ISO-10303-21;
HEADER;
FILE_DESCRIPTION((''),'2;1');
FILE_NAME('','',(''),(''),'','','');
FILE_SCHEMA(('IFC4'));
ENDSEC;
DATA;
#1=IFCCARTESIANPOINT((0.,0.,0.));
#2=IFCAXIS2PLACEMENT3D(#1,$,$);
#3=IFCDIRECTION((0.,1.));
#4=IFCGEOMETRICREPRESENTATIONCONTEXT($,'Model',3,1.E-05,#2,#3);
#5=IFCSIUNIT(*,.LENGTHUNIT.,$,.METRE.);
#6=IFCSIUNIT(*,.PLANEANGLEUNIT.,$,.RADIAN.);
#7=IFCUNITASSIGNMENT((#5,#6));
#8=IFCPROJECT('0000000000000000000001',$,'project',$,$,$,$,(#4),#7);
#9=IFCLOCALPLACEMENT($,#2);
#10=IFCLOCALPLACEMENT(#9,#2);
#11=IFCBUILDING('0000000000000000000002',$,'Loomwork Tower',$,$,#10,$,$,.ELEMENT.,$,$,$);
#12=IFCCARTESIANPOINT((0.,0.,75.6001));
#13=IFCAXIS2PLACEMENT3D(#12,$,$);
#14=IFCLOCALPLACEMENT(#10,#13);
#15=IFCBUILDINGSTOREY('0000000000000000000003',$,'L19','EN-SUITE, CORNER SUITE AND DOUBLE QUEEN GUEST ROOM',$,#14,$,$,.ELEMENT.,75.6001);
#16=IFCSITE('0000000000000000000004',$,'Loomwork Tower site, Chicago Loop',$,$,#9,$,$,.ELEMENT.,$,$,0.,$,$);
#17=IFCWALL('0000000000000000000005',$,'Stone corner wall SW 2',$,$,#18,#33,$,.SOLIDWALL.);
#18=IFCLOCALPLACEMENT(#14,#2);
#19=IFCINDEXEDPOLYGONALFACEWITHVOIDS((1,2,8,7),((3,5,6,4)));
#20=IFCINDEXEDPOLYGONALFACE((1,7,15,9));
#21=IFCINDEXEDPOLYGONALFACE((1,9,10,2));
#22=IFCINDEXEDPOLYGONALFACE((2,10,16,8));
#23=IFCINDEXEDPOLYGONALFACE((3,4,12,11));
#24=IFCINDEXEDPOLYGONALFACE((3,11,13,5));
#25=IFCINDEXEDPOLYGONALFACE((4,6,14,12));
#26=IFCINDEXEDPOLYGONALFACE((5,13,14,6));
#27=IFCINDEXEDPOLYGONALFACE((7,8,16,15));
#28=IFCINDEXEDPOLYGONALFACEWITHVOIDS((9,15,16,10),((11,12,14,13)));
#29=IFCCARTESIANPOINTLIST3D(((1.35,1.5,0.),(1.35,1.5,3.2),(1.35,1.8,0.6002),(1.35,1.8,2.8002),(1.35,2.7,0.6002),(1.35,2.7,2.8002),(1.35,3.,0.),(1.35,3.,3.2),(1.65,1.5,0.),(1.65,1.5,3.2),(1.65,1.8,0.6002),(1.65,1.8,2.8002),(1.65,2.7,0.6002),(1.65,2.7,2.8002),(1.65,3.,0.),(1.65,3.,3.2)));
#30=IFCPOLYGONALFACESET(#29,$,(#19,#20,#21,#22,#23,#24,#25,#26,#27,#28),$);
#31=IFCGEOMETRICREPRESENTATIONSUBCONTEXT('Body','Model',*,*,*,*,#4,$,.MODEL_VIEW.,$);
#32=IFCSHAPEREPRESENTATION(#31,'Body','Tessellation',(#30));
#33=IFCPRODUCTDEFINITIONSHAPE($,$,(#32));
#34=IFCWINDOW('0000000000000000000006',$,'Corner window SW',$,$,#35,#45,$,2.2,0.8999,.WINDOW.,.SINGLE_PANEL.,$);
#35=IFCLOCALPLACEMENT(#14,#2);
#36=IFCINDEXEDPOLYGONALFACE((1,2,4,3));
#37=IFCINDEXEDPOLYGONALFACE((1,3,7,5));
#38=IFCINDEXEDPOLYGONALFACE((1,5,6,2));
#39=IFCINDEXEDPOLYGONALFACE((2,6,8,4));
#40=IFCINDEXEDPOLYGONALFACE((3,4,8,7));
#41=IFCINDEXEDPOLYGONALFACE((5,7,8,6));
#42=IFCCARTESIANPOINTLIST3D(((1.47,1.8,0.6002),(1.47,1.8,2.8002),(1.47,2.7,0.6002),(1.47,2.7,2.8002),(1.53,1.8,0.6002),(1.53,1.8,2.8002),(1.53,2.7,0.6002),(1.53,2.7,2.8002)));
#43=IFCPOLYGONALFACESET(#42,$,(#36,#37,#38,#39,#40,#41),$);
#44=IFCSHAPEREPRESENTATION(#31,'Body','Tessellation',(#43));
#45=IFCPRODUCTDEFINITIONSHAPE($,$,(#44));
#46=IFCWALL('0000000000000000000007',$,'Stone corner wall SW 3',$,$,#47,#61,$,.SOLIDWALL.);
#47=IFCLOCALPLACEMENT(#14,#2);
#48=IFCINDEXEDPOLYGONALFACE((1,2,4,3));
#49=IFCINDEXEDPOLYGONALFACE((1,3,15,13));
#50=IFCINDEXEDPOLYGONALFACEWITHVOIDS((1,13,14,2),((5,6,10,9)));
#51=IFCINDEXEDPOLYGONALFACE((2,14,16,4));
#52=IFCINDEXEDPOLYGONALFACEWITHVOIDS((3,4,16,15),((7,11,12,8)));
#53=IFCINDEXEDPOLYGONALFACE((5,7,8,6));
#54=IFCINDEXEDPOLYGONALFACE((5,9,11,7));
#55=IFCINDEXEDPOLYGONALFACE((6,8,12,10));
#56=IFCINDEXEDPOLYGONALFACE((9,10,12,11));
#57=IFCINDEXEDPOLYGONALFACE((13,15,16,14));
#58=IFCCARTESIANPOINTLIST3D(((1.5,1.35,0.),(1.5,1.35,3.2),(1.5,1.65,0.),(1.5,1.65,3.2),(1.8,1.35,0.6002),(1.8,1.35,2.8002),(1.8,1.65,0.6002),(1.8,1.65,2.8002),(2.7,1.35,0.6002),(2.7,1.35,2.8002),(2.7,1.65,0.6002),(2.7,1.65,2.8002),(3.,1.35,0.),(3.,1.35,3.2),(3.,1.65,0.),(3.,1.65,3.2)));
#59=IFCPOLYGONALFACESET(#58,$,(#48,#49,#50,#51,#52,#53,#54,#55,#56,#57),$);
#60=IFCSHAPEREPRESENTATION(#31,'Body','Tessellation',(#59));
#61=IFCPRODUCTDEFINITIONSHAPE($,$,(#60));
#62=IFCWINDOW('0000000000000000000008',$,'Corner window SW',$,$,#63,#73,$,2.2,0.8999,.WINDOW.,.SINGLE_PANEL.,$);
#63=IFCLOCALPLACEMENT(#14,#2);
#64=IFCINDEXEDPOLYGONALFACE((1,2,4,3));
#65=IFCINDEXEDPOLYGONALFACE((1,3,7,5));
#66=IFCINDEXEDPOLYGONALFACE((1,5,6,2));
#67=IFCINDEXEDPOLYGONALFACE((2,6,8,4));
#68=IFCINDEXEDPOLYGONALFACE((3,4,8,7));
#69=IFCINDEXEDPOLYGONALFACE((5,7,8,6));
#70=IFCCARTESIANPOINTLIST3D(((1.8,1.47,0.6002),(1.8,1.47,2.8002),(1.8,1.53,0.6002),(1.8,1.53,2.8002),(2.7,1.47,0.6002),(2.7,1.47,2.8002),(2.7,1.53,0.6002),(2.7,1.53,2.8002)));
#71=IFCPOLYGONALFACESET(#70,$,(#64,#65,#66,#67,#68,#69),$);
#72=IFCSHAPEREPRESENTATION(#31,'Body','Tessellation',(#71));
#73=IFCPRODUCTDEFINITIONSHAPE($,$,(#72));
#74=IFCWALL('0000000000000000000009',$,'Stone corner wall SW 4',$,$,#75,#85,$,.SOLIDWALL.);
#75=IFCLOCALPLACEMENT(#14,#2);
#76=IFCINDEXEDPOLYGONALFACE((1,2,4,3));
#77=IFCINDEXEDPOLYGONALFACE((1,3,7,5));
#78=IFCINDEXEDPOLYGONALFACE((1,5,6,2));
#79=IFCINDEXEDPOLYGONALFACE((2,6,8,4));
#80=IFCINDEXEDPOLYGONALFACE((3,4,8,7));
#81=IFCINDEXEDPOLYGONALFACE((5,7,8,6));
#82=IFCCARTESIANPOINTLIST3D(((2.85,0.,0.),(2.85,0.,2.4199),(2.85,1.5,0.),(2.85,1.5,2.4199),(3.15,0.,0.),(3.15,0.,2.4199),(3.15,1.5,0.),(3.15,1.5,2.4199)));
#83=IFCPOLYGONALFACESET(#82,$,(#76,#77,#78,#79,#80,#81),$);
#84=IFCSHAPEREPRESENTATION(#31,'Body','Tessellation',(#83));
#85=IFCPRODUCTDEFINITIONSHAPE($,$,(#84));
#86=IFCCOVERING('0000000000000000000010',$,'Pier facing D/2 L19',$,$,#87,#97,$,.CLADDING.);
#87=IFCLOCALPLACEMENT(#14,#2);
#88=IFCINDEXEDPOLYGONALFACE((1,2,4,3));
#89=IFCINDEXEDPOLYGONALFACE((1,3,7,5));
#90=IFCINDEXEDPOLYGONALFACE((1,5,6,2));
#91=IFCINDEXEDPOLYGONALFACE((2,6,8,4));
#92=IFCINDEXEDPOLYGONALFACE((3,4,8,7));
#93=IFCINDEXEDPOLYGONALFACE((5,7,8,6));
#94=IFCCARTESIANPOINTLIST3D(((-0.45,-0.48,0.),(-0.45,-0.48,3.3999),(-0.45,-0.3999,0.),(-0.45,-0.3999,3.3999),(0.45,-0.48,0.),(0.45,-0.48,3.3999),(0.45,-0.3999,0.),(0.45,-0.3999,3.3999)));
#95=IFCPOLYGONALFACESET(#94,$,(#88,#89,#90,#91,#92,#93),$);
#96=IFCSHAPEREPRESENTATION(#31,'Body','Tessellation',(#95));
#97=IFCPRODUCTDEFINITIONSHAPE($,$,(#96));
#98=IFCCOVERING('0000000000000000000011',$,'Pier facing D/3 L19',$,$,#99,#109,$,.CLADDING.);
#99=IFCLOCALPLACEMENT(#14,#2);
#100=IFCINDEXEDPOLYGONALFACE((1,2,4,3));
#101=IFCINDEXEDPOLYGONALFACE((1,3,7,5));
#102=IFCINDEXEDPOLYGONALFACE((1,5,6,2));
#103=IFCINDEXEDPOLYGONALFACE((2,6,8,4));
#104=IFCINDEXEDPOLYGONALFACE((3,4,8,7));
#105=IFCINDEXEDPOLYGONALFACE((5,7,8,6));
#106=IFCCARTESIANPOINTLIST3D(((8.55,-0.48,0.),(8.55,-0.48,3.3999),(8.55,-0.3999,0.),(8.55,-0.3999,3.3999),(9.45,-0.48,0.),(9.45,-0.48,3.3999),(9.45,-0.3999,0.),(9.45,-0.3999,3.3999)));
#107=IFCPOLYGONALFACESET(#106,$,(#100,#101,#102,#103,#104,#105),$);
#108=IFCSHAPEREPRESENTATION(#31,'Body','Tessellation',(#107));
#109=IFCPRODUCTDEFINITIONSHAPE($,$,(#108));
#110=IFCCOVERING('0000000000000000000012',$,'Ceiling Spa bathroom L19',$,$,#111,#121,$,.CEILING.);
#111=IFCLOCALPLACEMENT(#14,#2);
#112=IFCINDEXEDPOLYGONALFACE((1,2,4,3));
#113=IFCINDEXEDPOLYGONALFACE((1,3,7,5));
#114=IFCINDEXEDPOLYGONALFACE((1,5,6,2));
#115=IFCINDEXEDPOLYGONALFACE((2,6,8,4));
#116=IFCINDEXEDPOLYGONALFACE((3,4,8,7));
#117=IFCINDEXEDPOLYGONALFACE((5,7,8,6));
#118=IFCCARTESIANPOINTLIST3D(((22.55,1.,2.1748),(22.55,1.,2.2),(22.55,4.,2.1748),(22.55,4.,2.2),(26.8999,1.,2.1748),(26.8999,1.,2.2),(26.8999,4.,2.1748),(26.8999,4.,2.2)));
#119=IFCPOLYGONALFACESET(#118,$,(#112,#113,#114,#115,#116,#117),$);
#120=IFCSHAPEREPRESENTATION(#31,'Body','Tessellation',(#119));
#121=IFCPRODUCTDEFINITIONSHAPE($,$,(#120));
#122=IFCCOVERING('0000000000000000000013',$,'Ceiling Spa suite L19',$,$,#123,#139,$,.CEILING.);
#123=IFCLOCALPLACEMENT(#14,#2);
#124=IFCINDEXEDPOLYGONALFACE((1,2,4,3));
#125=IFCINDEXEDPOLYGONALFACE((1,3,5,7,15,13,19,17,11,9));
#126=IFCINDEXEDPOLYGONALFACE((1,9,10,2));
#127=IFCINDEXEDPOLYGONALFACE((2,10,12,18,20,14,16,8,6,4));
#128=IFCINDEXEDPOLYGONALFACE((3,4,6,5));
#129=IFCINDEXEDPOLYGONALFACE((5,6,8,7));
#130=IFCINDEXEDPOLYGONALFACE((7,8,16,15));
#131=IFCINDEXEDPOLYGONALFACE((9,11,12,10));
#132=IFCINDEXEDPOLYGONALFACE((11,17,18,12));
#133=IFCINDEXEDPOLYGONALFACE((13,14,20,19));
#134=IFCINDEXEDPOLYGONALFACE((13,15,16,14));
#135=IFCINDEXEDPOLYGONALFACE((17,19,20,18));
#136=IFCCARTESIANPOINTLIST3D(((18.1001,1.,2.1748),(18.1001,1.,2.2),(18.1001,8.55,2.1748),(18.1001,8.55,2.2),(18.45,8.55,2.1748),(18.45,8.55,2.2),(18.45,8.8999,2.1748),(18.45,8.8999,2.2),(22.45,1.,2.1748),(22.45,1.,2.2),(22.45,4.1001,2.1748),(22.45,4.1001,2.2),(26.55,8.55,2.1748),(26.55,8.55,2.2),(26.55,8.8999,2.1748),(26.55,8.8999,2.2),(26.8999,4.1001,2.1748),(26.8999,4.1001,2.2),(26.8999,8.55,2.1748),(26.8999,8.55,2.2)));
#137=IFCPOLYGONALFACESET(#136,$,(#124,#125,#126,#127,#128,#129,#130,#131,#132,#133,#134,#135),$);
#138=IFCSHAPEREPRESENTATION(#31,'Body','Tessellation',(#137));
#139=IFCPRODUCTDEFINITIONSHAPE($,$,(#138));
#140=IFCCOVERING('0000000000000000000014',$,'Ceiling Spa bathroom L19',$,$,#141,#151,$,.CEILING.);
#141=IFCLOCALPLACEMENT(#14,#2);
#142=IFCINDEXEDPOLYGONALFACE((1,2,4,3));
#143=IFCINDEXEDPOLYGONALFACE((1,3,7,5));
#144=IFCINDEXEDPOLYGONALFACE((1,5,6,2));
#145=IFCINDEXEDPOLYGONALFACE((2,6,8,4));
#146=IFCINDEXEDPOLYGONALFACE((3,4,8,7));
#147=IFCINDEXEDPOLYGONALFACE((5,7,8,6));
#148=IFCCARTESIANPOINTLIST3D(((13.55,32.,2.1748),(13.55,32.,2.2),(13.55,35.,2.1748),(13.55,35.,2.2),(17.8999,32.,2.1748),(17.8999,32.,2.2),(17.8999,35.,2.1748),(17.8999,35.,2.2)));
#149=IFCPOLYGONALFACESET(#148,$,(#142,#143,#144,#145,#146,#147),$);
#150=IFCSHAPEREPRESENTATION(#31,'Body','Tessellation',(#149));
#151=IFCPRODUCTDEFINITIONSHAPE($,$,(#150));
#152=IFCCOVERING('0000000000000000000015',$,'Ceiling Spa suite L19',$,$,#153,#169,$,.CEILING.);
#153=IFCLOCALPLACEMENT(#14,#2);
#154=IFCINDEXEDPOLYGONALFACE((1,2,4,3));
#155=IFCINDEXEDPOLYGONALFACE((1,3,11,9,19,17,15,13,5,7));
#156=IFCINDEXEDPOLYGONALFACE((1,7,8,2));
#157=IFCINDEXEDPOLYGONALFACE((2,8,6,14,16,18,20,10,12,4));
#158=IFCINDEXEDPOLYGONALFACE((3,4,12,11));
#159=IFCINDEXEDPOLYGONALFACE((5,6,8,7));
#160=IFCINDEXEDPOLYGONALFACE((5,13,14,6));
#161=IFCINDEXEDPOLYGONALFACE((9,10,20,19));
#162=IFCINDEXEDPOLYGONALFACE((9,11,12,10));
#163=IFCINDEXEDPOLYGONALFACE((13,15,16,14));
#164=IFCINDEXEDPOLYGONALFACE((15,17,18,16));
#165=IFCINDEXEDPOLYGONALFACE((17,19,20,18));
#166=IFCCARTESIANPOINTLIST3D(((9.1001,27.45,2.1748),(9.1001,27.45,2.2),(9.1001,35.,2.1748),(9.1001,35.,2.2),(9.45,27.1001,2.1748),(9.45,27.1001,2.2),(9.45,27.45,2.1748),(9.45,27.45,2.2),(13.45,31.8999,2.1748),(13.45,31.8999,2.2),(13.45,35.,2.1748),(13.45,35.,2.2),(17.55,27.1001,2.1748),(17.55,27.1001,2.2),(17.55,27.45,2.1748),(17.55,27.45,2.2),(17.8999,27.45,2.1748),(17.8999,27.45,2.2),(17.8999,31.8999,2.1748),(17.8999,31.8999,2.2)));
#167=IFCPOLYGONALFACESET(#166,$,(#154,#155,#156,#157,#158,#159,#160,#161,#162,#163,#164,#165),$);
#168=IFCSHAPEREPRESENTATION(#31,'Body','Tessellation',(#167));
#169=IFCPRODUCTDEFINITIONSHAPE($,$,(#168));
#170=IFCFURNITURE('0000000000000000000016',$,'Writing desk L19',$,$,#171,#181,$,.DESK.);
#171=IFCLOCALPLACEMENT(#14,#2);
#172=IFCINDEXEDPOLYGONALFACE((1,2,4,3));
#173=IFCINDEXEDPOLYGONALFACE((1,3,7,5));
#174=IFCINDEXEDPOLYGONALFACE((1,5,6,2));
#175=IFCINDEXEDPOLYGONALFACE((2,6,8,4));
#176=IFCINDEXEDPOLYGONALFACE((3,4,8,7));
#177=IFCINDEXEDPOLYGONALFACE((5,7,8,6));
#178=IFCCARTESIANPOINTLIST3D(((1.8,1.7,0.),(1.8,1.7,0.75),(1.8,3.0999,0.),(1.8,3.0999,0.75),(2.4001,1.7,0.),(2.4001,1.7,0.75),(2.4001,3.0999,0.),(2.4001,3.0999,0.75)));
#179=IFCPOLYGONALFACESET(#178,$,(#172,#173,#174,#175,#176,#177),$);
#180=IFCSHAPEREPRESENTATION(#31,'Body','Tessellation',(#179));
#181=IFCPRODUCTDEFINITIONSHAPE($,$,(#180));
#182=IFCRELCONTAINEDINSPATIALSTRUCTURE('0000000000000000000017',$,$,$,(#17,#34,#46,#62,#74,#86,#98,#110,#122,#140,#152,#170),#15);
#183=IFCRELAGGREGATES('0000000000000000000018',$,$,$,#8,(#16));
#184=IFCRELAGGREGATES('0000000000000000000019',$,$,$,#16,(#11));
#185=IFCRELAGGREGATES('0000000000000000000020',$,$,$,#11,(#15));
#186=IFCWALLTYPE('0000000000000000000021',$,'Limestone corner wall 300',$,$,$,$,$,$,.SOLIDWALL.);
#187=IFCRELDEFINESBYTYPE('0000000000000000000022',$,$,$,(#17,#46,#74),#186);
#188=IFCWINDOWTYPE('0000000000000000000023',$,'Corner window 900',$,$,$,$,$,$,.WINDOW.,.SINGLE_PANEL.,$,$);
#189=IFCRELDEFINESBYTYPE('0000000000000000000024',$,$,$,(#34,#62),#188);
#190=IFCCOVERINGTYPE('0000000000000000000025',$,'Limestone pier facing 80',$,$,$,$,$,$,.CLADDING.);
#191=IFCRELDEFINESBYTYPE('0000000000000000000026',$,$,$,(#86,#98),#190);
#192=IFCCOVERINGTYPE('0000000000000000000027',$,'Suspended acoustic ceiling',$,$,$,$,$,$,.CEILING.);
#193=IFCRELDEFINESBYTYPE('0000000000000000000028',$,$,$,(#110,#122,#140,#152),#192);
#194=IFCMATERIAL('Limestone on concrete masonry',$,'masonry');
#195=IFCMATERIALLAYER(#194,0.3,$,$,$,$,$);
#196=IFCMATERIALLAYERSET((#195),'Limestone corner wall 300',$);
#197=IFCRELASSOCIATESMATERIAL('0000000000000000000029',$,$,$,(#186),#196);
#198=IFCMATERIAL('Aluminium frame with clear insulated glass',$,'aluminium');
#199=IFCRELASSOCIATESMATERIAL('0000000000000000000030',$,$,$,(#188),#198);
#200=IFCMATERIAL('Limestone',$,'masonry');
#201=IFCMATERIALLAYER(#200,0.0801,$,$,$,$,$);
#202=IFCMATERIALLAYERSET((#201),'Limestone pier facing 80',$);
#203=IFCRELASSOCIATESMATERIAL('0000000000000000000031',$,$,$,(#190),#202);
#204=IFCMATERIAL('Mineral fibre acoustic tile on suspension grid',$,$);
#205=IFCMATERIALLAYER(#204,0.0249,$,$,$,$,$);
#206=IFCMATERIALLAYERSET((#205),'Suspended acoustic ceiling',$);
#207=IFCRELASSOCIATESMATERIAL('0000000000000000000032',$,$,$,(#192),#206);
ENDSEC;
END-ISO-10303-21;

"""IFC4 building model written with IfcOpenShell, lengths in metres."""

from ifc_helpers import new_model, si_unit, direction, frame, frame_2d, origin, origin_2d, place, context, subcontext, project, spatial, polyline, rectangle, outline, extrude, material, layer, layer_set, type_object, element, fill, save


model = new_model("IFC4")

# Units and contexts
model_context = context("Model", 3, precision=1e-05, world=origin(), true_north=direction((0.0, 1.0)))
body_context = subcontext(model_context, "Body", "Model", "MODEL_VIEW")
ifc_project = project(units=[si_unit("LENGTHUNIT", "METRE"), si_unit("PLANEANGLEUNIT", "RADIAN")], contexts=[model_context])

# Site, building, storey
site_placement = place(None, origin())
site = spatial("IfcSite", under=ifc_project, at=site_placement, Name="Loomwork Tower site, Chicago Loop", CompositionType="ELEMENT", RefElevation=0.0)
building_placement = place(site_placement, origin())
building = spatial("IfcBuilding", under=site, at=building_placement, Name="Loomwork Tower", CompositionType="ELEMENT")
storey_placement = place(building_placement, frame((0.0, 0.0, 75.6001)))
storey = spatial("IfcBuildingStorey", under=building, at=storey_placement, Name="L19", Description="EN-SUITE, CORNER SUITE AND DOUBLE QUEEN GUEST ROOM", CompositionType="ELEMENT", Elevation=75.6001)

# Shared definitions
ifc_material_1 = material(Name="Limestone on concrete masonry", Category="masonry")
ifc_layer_1 = layer(ifc_material_1, 0.3)
ifc_layer_set_1 = layer_set([ifc_layer_1], Name="Limestone corner wall 300")
wall_type_1 = type_object("IfcWallType", Name="Limestone corner wall 300", PredefinedType="SOLIDWALL", material=ifc_layer_set_1)

# Walls, openings, windows
wall_1_placement = place(storey_placement, frame((1.5, 3.0, 0.0), z_axis=(0.0, 0.0, 1.0), x_axis=(0.0, -1.0, 0.0)))
wall_1 = element("IfcWall", 1, at=wall_1_placement, inside=storey, type_object=wall_type_1, Name="Stone corner wall SW 2", PredefinedType="SOLIDWALL", context=body_context, shape_type="SweptSolid", body=[
    extrude(rectangle(XDim=1.5, YDim=0.3, at=frame_2d((0.75, 0.0))), origin(), (0.0, 0.0, 1.0), 3.2),
])
opening_1_placement = place(wall_1_placement, frame((0.3, 0.0, 0.6001)))
opening_1 = element("IfcOpeningElement", 2, at=opening_1_placement, cuts=wall_1, PredefinedType="OPENING", context=body_context, shape_type="SweptSolid", body=[
    extrude(rectangle(XDim=0.8999, YDim=2.2, at=frame_2d((0.45, 1.1001))), frame((0.0, 0.1599, 0.0), z_axis=(0.0, -1.0, 0.0), x_axis=(1.0, 0.0, 0.0)), (0.0, 0.0, 1.0), 0.3201),
])
ifc_material_2 = material(Name="Aluminium frame with clear insulated glass", Category="aluminium")
window_type_1 = type_object("IfcWindowType", Name="Corner window 900", PartitioningType="SINGLE_PANEL", PredefinedType="WINDOW", material=ifc_material_2)
window_1_placement = place(opening_1_placement, origin())
window_1 = element("IfcWindow", 3, at=window_1_placement, inside=storey, type_object=window_type_1, Name="Corner window SW", OverallHeight=2.2, OverallWidth=0.8999, PartitioningType="SINGLE_PANEL", PredefinedType="WINDOW", context=body_context, shape_type="SweptSolid", body=[
    extrude(rectangle(XDim=0.8999, YDim=2.2, at=frame_2d((0.45, 1.1001))), frame((0.0, 0.03, 0.0), z_axis=(0.0, -1.0, 0.0), x_axis=(1.0, 0.0, 0.0)), (0.0, 0.0, 1.0), 0.0601),
])
fill(opening_1, window_1)
wall_2_placement = place(storey_placement, frame((1.5, 1.5, 0.0), z_axis=(0.0, 0.0, 1.0), x_axis=(1.0, 0.0, 0.0)))
wall_2 = element("IfcWall", 4, at=wall_2_placement, inside=storey, type_object=wall_type_1, Name="Stone corner wall SW 3", PredefinedType="SOLIDWALL", context=body_context, shape_type="SweptSolid", body=[
    extrude(rectangle(XDim=1.5, YDim=0.3, at=frame_2d((0.75, 0.0))), origin(), (0.0, 0.0, 1.0), 3.2),
])
opening_2_placement = place(wall_2_placement, frame((0.3, 0.0, 0.6001)))
opening_2 = element("IfcOpeningElement", 5, at=opening_2_placement, cuts=wall_2, PredefinedType="OPENING", context=body_context, shape_type="SweptSolid", body=[
    extrude(rectangle(XDim=0.8999, YDim=2.2, at=frame_2d((0.45, 1.1001))), frame((0.0, 0.1599, 0.0), z_axis=(0.0, -1.0, 0.0), x_axis=(1.0, 0.0, 0.0)), (0.0, 0.0, 1.0), 0.3201),
])
window_2_placement = place(opening_2_placement, origin())
window_2 = element("IfcWindow", 6, at=window_2_placement, inside=storey, type_object=window_type_1, Name="Corner window SW", OverallHeight=2.2, OverallWidth=0.8999, PartitioningType="SINGLE_PANEL", PredefinedType="WINDOW", context=body_context, shape_type="SweptSolid", body=[
    extrude(rectangle(XDim=0.8999, YDim=2.2, at=frame_2d((0.45, 1.1001))), frame((0.0, 0.03, 0.0), z_axis=(0.0, -1.0, 0.0), x_axis=(1.0, 0.0, 0.0)), (0.0, 0.0, 1.0), 0.0601),
])
fill(opening_2, window_2)

# Wall
wall_3_placement = place(storey_placement, frame((3.0, 1.5, 0.0), z_axis=(0.0, 0.0, 1.0), x_axis=(0.0, -1.0, 0.0)))
element("IfcWall", 7, at=wall_3_placement, inside=storey, type_object=wall_type_1, Name="Stone corner wall SW 4", PredefinedType="SOLIDWALL", context=body_context, shape_type="SweptSolid", body=[
    extrude(rectangle(XDim=1.5, YDim=0.3, at=frame_2d((0.75, 0.0))), origin(), (0.0, 0.0, 1.0), 2.4199),
])

# Coverings
ifc_material_3 = material(Name="Limestone", Category="masonry")
ifc_layer_2 = layer(ifc_material_3, 0.0801)
ifc_layer_set_2 = layer_set([ifc_layer_2], Name="Limestone pier facing 80")
covering_type_1 = type_object("IfcCoveringType", Name="Limestone pier facing 80", PredefinedType="CLADDING", material=ifc_layer_set_2)
for number, where, z_axis, x_axis, name in (
    (8, (0.0, -0.4399, 0.0), (0.0, 0.0, 1.0), (1.0, 0.0, 0.0), "Pier facing D/2 L19"),
    (9, (9.0, -0.4399, 0.0), (0.0, 0.0, 1.0), (1.0, 0.0, 0.0), "Pier facing D/3 L19"),
):
    element("IfcCovering", number, at=place(storey_placement, frame(where, z_axis=z_axis, x_axis=x_axis)), inside=storey, type_object=covering_type_1, Name=name, PredefinedType="CLADDING", context=body_context, shape_type="SweptSolid", body=[
        extrude(rectangle(XDim=0.8999, YDim=0.0801, at=origin_2d()), origin(), (0.0, 0.0, 1.0), 3.3999),
    ])
ifc_material_4 = material(Name="Mineral fibre acoustic tile on suspension grid")
ifc_layer_3 = layer(ifc_material_4, 0.0249)
ifc_layer_set_3 = layer_set([ifc_layer_3], Name="Suspended acoustic ceiling")
covering_type_2 = type_object("IfcCoveringType", Name="Suspended acoustic ceiling", PredefinedType="CEILING", material=ifc_layer_set_3)
covering_1_placement = place(storey_placement, frame((0.0, 0.0, 2.1748)))
element("IfcCovering", 10, at=covering_1_placement, inside=storey, type_object=covering_type_2, Name="Ceiling Spa bathroom L19", PredefinedType="CEILING", context=body_context, shape_type="SweptSolid", body=[
    extrude(outline(polyline([(26.8999, 4.0), (26.8999, 1.0), (22.55, 1.0), (22.55, 4.0), (26.8999, 4.0)])), origin(), (0.0, 0.0, 1.0), 0.0251),
])
covering_2_placement = place(storey_placement, frame((0.0, 0.0, 2.1748)))
element("IfcCovering", 11, at=covering_2_placement, inside=storey, type_object=covering_type_2, Name="Ceiling Spa suite L19", PredefinedType="CEILING", context=body_context, shape_type="SweptSolid", body=[
    extrude(outline(polyline([(26.55, 8.8999), (26.55, 8.55), (26.8999, 8.55), (26.8999, 4.1001), (22.45, 4.1001), (22.45, 1.0), (18.1001, 1.0), (18.1001, 8.55), (18.45, 8.55), (18.45, 8.8999), (26.55, 8.8999)])), origin(), (0.0, 0.0, 1.0), 0.0251),
])
covering_3_placement = place(storey_placement, frame((0.0, 0.0, 2.1748)))
element("IfcCovering", 12, at=covering_3_placement, inside=storey, type_object=covering_type_2, Name="Ceiling Spa bathroom L19", PredefinedType="CEILING", context=body_context, shape_type="SweptSolid", body=[
    extrude(outline(polyline([(13.55, 35.0), (17.8999, 35.0), (17.8999, 32.0), (13.55, 32.0), (13.55, 35.0)])), origin(), (0.0, 0.0, 1.0), 0.0251),
])
covering_4_placement = place(storey_placement, frame((0.0, 0.0, 2.1748)))
element("IfcCovering", 13, at=covering_4_placement, inside=storey, type_object=covering_type_2, Name="Ceiling Spa suite L19", PredefinedType="CEILING", context=body_context, shape_type="SweptSolid", body=[
    extrude(outline(polyline([(9.1001, 35.0), (13.45, 35.0), (13.45, 31.8999), (17.8999, 31.8999), (17.8999, 27.45), (17.55, 27.45), (17.55, 27.1001), (9.45, 27.1001), (9.45, 27.45), (9.1001, 27.45), (9.1001, 35.0)])), origin(), (0.0, 0.0, 1.0), 0.0251),
])

# Furniture
furniture_1_placement = place(storey_placement, frame((2.1001, 2.3999, 0.0), z_axis=(0.0, 0.0, 1.0), x_axis=(1.0, 0.0, 0.0)))
element("IfcFurniture", 14, at=furniture_1_placement, inside=storey, Name="Writing desk L19", PredefinedType="DESK", context=body_context, shape_type="SweptSolid", body=[
    extrude(rectangle(XDim=0.6001, YDim=1.3999, at=origin_2d()), origin(), (0.0, 0.0, 1.0), 0.75),
])

save(model, "model.ifc")
